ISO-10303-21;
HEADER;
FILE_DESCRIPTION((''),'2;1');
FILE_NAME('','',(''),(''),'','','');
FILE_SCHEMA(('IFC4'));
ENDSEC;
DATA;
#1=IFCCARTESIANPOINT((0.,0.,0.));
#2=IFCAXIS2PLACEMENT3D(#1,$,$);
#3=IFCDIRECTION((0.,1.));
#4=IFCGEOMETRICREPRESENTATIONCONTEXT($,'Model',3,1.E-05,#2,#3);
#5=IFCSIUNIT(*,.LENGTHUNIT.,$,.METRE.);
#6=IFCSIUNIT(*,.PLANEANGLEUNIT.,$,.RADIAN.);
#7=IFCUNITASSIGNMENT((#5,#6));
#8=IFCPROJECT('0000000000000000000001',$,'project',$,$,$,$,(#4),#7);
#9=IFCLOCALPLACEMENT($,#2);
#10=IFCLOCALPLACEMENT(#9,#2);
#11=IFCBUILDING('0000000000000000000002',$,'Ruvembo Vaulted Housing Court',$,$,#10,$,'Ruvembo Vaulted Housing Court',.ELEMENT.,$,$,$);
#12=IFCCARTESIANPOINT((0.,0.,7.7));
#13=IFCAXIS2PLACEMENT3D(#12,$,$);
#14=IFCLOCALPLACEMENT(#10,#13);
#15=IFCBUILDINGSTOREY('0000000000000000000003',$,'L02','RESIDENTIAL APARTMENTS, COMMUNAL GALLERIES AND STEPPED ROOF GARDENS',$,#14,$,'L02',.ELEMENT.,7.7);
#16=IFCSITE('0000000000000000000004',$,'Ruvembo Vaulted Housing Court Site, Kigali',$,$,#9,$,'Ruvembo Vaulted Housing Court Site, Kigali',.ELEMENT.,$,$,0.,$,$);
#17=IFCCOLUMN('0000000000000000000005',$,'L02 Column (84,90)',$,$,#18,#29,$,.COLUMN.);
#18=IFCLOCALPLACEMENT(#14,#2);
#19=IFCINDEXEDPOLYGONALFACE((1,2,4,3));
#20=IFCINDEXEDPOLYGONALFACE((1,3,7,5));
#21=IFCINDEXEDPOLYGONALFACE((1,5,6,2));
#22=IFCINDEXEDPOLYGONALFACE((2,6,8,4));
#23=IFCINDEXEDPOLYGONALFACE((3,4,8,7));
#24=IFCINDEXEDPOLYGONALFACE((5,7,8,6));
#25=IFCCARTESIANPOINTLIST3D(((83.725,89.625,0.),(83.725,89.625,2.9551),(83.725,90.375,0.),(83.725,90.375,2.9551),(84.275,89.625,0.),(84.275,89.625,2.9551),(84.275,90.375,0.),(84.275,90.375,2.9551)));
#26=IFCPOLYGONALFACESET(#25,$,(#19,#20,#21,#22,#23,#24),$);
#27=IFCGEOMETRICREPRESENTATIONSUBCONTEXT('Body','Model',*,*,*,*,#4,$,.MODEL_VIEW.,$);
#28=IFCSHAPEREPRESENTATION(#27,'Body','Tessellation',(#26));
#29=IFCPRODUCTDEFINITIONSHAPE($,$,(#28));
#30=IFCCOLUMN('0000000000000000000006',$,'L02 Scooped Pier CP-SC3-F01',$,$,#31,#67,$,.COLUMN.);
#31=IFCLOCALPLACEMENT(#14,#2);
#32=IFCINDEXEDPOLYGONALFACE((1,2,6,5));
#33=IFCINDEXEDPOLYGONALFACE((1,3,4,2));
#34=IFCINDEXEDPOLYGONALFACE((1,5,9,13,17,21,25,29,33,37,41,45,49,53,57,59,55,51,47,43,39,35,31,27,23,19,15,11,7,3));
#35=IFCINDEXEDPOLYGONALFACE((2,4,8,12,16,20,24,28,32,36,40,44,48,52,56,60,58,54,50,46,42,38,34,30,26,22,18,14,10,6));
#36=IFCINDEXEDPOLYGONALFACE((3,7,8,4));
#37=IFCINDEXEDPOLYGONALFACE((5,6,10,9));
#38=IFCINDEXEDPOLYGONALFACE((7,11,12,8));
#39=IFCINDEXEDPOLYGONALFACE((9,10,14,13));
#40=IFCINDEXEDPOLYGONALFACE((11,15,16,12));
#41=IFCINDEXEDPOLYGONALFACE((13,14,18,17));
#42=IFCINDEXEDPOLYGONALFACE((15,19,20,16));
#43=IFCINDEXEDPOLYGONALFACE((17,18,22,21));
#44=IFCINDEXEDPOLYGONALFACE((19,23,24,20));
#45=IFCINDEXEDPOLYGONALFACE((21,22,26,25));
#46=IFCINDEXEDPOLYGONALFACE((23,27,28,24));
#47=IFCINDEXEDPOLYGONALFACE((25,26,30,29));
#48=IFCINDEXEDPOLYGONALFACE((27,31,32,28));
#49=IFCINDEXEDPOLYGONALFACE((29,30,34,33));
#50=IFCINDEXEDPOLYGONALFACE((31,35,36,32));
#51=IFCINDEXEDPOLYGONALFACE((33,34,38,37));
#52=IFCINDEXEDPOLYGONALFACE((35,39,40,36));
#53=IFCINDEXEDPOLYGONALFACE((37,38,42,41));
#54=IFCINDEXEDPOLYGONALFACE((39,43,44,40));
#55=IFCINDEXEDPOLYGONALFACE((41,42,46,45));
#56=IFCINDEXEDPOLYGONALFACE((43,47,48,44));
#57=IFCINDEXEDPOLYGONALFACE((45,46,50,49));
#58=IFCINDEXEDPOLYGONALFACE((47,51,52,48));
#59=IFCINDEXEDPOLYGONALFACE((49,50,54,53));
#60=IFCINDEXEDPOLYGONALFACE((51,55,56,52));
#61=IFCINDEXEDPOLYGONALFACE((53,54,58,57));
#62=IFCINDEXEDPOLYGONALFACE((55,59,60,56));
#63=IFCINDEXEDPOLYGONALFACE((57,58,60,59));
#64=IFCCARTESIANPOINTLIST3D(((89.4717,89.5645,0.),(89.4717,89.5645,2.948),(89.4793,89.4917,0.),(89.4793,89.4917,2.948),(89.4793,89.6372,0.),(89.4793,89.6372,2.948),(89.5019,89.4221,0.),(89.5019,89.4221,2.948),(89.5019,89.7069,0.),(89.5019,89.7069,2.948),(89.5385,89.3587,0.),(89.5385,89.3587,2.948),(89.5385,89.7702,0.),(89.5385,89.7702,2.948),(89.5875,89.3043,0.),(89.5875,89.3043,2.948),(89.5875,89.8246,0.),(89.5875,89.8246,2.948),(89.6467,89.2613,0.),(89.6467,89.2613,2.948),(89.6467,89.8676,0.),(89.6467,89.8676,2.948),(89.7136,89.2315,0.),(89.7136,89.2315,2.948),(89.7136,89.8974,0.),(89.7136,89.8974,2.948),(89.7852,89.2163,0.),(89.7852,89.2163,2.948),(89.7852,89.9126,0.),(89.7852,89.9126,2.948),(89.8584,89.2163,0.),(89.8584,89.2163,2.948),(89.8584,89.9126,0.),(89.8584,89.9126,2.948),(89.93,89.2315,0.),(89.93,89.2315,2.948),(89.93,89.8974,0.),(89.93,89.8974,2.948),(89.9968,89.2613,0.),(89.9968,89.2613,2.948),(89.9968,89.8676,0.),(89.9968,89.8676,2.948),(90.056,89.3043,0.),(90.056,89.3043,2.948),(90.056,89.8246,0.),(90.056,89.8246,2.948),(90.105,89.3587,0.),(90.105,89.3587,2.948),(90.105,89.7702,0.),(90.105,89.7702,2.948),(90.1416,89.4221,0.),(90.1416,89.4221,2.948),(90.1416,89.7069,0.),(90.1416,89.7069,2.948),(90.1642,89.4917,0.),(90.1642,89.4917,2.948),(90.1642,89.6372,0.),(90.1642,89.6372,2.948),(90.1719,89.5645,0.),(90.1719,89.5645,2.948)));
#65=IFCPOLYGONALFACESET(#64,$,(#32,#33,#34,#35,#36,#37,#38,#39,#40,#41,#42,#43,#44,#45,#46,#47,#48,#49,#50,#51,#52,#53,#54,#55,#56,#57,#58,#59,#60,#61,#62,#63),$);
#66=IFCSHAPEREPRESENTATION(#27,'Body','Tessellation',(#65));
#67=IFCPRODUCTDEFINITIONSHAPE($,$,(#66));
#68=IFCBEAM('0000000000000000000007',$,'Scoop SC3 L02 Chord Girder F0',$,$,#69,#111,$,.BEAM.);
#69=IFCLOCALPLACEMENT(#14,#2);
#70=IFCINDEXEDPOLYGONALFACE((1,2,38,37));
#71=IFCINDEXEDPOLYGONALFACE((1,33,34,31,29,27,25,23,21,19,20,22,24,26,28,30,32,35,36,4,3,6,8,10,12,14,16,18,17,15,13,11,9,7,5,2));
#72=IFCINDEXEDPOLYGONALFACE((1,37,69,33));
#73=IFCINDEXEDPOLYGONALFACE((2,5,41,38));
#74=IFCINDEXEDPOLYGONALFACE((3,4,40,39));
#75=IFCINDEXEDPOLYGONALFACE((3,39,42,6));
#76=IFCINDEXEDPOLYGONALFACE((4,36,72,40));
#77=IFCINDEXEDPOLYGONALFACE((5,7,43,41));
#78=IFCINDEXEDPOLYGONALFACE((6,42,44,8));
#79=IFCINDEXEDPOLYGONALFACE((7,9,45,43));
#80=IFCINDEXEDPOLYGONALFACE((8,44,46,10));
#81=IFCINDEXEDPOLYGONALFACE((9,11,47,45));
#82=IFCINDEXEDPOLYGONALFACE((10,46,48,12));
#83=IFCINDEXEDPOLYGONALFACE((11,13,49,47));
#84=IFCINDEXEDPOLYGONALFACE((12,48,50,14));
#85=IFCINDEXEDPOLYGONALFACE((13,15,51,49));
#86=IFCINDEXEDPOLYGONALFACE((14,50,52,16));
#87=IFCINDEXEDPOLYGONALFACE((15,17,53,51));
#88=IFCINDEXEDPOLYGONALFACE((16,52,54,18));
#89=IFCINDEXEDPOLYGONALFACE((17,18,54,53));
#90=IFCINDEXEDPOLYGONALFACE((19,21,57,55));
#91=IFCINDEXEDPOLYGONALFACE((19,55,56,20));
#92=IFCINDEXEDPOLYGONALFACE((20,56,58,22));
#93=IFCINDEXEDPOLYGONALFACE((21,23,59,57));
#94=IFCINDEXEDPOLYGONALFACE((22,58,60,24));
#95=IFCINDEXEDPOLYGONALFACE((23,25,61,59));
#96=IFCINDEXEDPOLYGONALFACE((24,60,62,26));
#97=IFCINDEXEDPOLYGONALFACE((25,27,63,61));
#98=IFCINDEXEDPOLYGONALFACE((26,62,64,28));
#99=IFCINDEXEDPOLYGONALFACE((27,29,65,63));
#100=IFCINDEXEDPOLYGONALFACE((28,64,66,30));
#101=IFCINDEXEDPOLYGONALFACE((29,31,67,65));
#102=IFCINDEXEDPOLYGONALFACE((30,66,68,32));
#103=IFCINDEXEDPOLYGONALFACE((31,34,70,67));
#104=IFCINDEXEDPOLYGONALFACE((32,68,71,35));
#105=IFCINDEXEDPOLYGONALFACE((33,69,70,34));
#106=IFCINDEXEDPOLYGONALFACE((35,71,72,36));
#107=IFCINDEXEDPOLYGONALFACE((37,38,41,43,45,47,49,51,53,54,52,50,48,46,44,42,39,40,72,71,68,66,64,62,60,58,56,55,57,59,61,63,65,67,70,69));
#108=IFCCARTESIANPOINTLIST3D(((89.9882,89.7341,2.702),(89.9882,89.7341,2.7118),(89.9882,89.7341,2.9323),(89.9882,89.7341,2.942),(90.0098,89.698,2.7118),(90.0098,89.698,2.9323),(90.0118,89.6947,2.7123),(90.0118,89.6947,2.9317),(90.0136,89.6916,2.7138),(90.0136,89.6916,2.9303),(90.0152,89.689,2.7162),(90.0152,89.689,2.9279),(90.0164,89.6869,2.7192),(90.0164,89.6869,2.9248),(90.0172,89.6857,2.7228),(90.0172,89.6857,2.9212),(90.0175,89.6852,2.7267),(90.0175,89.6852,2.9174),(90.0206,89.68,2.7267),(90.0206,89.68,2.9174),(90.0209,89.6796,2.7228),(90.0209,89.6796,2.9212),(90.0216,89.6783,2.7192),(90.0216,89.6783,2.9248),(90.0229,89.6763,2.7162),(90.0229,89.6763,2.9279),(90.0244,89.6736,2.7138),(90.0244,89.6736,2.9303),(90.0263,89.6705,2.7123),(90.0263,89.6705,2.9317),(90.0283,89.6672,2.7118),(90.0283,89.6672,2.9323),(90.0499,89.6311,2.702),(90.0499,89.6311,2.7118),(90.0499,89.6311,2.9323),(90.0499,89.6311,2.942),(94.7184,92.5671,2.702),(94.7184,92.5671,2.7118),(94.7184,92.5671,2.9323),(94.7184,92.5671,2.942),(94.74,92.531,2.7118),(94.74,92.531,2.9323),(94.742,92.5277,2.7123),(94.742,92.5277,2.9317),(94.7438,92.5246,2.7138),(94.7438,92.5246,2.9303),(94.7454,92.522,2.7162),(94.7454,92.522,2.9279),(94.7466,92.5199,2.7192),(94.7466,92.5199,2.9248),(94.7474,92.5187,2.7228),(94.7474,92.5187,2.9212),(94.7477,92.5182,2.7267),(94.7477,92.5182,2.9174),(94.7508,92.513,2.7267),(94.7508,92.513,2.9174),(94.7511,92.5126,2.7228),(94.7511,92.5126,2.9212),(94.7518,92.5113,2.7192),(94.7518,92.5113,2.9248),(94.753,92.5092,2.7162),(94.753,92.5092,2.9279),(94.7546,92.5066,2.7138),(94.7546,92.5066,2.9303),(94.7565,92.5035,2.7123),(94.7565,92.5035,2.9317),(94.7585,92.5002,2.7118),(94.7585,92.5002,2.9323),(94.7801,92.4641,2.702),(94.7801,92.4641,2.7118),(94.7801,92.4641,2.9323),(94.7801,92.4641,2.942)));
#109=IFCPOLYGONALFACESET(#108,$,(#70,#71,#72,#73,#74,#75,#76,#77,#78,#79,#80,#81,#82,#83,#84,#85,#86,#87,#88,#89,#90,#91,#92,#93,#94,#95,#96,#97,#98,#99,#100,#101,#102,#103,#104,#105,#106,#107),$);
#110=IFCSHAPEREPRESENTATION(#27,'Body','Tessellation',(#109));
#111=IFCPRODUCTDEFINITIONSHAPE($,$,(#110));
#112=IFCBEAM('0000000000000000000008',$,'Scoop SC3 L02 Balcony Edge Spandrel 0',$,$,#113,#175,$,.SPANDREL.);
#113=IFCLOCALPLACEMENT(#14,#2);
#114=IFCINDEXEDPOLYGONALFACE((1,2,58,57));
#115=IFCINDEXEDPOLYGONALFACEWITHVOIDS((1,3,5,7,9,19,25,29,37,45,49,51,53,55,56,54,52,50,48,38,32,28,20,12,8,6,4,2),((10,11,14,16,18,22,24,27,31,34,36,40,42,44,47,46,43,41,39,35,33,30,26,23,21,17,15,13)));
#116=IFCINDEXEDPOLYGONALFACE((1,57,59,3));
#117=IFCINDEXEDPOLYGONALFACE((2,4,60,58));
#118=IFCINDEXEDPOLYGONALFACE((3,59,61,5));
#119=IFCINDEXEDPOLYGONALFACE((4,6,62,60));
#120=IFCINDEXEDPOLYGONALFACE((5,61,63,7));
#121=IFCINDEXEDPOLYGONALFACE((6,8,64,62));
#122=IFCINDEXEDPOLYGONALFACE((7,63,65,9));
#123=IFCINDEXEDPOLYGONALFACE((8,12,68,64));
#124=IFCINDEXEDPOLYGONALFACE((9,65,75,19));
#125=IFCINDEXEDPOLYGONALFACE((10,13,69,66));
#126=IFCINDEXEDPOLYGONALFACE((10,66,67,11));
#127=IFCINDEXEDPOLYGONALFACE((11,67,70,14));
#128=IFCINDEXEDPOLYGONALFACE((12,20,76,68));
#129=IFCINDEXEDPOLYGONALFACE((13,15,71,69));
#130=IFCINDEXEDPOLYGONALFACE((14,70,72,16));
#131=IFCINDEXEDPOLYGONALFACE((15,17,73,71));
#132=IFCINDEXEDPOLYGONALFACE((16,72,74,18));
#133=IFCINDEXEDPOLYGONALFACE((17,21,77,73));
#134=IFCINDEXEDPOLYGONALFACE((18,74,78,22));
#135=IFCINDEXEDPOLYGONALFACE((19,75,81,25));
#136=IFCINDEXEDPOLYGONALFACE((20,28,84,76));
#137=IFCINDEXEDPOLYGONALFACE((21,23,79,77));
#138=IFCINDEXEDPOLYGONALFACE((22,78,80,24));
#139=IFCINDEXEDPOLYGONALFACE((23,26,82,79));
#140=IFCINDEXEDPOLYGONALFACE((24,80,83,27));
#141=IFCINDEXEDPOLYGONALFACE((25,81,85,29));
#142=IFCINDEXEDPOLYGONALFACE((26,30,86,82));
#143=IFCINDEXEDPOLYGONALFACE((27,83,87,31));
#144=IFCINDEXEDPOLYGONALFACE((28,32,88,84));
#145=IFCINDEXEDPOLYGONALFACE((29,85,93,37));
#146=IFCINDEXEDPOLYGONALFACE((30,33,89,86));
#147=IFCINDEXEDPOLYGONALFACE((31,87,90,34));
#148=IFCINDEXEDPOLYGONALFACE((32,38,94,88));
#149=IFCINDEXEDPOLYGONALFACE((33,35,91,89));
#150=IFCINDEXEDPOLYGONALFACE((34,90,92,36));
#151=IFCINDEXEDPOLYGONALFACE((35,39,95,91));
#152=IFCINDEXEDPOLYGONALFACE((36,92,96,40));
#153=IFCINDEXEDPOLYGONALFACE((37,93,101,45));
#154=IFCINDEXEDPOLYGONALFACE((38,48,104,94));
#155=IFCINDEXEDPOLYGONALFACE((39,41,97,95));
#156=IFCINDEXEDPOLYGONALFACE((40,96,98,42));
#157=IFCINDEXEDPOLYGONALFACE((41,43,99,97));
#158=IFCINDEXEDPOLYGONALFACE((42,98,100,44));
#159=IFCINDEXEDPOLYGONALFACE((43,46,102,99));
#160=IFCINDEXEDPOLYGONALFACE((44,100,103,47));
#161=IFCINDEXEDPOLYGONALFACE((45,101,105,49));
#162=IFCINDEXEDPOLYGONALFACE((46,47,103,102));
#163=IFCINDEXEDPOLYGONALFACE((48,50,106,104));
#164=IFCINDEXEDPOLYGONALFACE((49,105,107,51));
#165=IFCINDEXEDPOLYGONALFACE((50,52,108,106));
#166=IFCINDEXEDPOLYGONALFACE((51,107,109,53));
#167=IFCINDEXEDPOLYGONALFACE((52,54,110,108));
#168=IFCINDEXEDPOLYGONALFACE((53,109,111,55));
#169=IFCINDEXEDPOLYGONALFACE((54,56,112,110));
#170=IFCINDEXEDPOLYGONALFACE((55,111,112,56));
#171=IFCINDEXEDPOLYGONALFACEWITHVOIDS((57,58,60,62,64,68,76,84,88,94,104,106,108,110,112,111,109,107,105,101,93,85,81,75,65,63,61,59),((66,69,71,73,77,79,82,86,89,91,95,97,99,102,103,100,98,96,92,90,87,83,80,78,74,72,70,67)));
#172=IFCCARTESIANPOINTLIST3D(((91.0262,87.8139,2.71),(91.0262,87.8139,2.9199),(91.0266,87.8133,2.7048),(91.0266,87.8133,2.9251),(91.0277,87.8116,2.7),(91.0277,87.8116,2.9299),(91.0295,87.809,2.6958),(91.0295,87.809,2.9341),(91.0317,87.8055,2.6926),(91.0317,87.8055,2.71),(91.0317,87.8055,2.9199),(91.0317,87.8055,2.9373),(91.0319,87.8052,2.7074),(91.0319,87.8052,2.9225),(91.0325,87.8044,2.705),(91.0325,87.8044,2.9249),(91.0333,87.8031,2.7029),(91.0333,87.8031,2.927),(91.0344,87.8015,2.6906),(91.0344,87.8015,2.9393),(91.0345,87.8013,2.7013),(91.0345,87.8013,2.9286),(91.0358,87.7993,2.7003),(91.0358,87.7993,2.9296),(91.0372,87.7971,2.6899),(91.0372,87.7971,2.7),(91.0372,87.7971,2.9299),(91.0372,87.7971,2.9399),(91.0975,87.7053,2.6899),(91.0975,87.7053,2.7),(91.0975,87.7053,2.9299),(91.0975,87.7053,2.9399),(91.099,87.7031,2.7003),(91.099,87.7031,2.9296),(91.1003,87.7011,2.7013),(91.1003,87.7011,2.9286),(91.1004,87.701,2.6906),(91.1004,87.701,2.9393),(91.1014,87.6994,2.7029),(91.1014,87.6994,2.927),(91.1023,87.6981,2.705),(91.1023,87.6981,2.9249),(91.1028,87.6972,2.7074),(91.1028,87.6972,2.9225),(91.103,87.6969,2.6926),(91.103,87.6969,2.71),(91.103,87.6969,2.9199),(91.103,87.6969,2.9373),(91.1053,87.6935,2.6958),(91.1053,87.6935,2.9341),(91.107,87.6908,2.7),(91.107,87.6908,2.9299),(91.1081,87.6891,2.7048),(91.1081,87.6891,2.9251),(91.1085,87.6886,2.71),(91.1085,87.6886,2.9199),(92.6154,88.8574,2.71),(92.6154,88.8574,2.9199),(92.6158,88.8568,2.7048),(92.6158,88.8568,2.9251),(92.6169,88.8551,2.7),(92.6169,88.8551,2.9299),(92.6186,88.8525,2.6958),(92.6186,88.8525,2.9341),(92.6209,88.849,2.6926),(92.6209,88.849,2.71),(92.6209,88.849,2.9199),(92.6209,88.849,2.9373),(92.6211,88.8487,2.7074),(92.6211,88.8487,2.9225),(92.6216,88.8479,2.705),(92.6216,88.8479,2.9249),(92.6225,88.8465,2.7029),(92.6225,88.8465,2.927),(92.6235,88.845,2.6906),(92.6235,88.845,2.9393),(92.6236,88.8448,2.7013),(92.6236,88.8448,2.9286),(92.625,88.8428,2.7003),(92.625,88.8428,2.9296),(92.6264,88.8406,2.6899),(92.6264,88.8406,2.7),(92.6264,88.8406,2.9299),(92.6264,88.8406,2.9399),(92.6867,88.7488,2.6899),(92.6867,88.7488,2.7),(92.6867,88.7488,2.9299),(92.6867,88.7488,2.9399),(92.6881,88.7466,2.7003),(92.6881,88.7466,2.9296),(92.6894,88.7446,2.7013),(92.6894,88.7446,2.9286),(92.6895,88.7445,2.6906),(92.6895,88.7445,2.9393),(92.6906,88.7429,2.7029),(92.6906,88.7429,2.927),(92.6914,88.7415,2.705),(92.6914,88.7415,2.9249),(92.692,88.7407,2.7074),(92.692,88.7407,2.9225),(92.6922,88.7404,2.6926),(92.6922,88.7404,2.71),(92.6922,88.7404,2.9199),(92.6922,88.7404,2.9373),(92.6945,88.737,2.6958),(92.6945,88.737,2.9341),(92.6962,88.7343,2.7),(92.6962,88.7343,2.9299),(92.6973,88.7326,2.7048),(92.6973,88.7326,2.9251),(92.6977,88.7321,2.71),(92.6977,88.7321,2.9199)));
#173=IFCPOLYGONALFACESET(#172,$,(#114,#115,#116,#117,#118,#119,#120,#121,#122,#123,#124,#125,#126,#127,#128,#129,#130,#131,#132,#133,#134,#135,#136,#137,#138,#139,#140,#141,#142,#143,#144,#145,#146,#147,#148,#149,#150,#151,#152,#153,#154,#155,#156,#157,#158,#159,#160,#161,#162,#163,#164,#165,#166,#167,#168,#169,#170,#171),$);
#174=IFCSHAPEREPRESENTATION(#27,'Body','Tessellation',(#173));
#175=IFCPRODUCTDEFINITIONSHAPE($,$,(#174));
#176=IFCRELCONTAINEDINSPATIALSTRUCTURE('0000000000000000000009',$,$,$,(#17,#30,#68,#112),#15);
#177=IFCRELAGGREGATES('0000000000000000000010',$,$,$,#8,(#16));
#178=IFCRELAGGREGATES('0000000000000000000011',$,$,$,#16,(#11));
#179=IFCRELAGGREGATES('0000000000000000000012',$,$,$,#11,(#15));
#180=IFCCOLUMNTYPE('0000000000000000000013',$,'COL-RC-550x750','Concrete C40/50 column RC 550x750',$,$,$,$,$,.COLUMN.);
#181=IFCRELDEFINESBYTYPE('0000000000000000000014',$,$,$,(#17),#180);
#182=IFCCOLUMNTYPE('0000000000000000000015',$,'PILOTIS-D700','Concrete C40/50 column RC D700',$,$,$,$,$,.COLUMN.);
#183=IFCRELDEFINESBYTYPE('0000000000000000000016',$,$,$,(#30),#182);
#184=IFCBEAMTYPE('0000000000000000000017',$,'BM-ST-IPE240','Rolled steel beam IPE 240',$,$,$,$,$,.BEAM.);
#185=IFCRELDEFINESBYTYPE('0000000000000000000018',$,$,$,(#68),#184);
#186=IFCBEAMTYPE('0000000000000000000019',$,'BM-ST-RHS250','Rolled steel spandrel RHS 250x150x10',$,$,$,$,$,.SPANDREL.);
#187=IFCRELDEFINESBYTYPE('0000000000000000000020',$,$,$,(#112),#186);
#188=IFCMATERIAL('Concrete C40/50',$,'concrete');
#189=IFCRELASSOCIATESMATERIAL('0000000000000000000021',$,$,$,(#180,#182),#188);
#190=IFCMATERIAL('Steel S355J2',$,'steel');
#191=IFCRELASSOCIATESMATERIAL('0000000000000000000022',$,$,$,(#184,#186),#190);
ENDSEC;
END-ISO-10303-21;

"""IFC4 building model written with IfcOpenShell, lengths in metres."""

from ifc_helpers import new_model, si_unit, direction, frame, origin, origin_2d, place, context, subcontext, project, spatial, rectangle, hollow_rectangle, circle, i_section, extrude, material, material_profile, profile_set, type_object, element, save


model = new_model("IFC4")

# Units and contexts
model_context = context("Model", 3, precision=1e-05, world=origin(), true_north=direction((0.0, 1.0)))
body_context = subcontext(model_context, "Body", "Model", "MODEL_VIEW")
ifc_project = project(units=[si_unit("LENGTHUNIT", "METRE"), si_unit("PLANEANGLEUNIT", "RADIAN")], contexts=[model_context])

# Site, building, storey
site_placement = place(None, origin())
site = spatial("IfcSite", under=ifc_project, at=site_placement, Name="Ruvembo Vaulted Housing Court Site, Kigali", LongName="Ruvembo Vaulted Housing Court Site, Kigali", CompositionType="ELEMENT", RefElevation=0.0)
building_placement = place(site_placement, origin())
building = spatial("IfcBuilding", under=site, at=building_placement, Name="Ruvembo Vaulted Housing Court", LongName="Ruvembo Vaulted Housing Court", CompositionType="ELEMENT")
storey_placement = place(building_placement, frame((0.0, 0.0, 7.7)))
storey = spatial("IfcBuildingStorey", under=building, at=storey_placement, Name="L02", Description="RESIDENTIAL APARTMENTS, COMMUNAL GALLERIES AND STEPPED ROOF GARDENS", LongName="L02", CompositionType="ELEMENT", Elevation=7.7)

# Columns
ifc_material_1 = material(Name="Concrete C40/50", Category="concrete")
ifc_material_profile_1 = material_profile(ifc_material_1, rectangle(XDim=0.55, YDim=0.75, at=origin_2d()), Name="RC 550x750")
ifc_profile_set_1 = profile_set([ifc_material_profile_1], Name="Concrete C40/50")
column_type_1 = type_object("IfcColumnType", Name="COL-RC-550x750", Description="Concrete C40/50 column RC 550x750", PredefinedType="COLUMN", material=ifc_profile_set_1)
column_1_placement = place(storey_placement, frame((84.0, 90.0, 0.0), z_axis=(0.0, 0.0, 1.0), x_axis=(1.0, 0.0, 0.0)))
element("IfcColumn", 1, at=column_1_placement, inside=storey, type_object=column_type_1, Name="L02 Column (84,90)", PredefinedType="COLUMN", context=body_context, shape_type="SweptSolid", body=[
    extrude(rectangle(XDim=0.55, YDim=0.75, at=origin_2d()), origin(), (0.0, 0.0, 1.0), 2.9551),
])
ifc_material_profile_2 = material_profile(ifc_material_1, circle(Radius=0.3501, at=origin_2d()), Name="RC D700")
ifc_profile_set_2 = profile_set([ifc_material_profile_2], Name="Concrete C40/50")
column_type_2 = type_object("IfcColumnType", Name="PILOTIS-D700", Description="Concrete C40/50 column RC D700", PredefinedType="COLUMN", material=ifc_profile_set_2)
column_2_placement = place(storey_placement, frame((89.8218, 89.5645, 0.0), z_axis=(0.0, 0.0, 1.0), x_axis=(1.0, 0.0, 0.0)))
element("IfcColumn", 2, at=column_2_placement, inside=storey, type_object=column_type_2, Name="L02 Scooped Pier CP-SC3-F01", PredefinedType="COLUMN", context=body_context, shape_type="SweptSolid", body=[
    extrude(circle(Radius=0.3501, at=origin_2d()), origin(), (0.0, 0.0, 1.0), 2.948),
])

# Beams
ifc_material_2 = material(Name="Steel S355J2", Category="steel")
ifc_material_profile_3 = material_profile(ifc_material_2, i_section(OverallWidth=0.1201, OverallDepth=0.24, WebThickness=0.0061, FlangeThickness=0.0098, FilletRadius=0.0149, at=origin_2d()), Name="IPE 240")
ifc_profile_set_3 = profile_set([ifc_material_profile_3], Name="Steel S355J2")
beam_type_1 = type_object("IfcBeamType", Name="BM-ST-IPE240", Description="Rolled steel beam IPE 240", PredefinedType="BEAM", material=ifc_profile_set_3)
beam_1_placement = place(storey_placement, frame((90.019, 89.6826, 2.822), z_axis=(0.857903, 0.513812, 0.0), x_axis=(-0.513812, 0.857903, 0.0)))
element("IfcBeam", 3, at=beam_1_placement, inside=storey, type_object=beam_type_1, Name="Scoop SC3 L02 Chord Girder F0", PredefinedType="BEAM", context=body_context, shape_type="SweptSolid", body=[
    extrude(i_section(OverallWidth=0.1201, OverallDepth=0.24, WebThickness=0.0061, FlangeThickness=0.0098, FilletRadius=0.0149, at=origin_2d()), origin(), (0.0, 0.0, 1.0), 5.5137),
])
ifc_material_profile_4 = material_profile(ifc_material_2, hollow_rectangle(XDim=0.1499, YDim=0.25, WallThickness=0.01, InnerFilletRadius=0.01, OuterFilletRadius=0.02, at=origin_2d()), Name="RHS 250x150x10")
ifc_profile_set_4 = profile_set([ifc_material_profile_4], Name="Steel S355J2")
beam_type_2 = type_object("IfcBeamType", Name="BM-ST-RHS250", Description="Rolled steel spandrel RHS 250x150x10", PredefinedType="SPANDREL", material=ifc_profile_set_4)
beam_2_placement = place(storey_placement, frame((91.0674, 87.7512, 2.8149), z_axis=(0.835902, 0.548878, 0.0), x_axis=(-0.548878, 0.835902, 0.0)))
element("IfcBeam", 4, at=beam_2_placement, inside=storey, type_object=beam_type_2, Name="Scoop SC3 L02 Balcony Edge Spandrel 0", PredefinedType="SPANDREL", context=body_context, shape_type="SweptSolid", body=[
    extrude(hollow_rectangle(XDim=0.1499, YDim=0.25, WallThickness=0.01, InnerFilletRadius=0.01, OuterFilletRadius=0.02, at=origin_2d()), origin(), (0.0, 0.0, 1.0), 1.9011),
])

save(model, "model.ifc")
